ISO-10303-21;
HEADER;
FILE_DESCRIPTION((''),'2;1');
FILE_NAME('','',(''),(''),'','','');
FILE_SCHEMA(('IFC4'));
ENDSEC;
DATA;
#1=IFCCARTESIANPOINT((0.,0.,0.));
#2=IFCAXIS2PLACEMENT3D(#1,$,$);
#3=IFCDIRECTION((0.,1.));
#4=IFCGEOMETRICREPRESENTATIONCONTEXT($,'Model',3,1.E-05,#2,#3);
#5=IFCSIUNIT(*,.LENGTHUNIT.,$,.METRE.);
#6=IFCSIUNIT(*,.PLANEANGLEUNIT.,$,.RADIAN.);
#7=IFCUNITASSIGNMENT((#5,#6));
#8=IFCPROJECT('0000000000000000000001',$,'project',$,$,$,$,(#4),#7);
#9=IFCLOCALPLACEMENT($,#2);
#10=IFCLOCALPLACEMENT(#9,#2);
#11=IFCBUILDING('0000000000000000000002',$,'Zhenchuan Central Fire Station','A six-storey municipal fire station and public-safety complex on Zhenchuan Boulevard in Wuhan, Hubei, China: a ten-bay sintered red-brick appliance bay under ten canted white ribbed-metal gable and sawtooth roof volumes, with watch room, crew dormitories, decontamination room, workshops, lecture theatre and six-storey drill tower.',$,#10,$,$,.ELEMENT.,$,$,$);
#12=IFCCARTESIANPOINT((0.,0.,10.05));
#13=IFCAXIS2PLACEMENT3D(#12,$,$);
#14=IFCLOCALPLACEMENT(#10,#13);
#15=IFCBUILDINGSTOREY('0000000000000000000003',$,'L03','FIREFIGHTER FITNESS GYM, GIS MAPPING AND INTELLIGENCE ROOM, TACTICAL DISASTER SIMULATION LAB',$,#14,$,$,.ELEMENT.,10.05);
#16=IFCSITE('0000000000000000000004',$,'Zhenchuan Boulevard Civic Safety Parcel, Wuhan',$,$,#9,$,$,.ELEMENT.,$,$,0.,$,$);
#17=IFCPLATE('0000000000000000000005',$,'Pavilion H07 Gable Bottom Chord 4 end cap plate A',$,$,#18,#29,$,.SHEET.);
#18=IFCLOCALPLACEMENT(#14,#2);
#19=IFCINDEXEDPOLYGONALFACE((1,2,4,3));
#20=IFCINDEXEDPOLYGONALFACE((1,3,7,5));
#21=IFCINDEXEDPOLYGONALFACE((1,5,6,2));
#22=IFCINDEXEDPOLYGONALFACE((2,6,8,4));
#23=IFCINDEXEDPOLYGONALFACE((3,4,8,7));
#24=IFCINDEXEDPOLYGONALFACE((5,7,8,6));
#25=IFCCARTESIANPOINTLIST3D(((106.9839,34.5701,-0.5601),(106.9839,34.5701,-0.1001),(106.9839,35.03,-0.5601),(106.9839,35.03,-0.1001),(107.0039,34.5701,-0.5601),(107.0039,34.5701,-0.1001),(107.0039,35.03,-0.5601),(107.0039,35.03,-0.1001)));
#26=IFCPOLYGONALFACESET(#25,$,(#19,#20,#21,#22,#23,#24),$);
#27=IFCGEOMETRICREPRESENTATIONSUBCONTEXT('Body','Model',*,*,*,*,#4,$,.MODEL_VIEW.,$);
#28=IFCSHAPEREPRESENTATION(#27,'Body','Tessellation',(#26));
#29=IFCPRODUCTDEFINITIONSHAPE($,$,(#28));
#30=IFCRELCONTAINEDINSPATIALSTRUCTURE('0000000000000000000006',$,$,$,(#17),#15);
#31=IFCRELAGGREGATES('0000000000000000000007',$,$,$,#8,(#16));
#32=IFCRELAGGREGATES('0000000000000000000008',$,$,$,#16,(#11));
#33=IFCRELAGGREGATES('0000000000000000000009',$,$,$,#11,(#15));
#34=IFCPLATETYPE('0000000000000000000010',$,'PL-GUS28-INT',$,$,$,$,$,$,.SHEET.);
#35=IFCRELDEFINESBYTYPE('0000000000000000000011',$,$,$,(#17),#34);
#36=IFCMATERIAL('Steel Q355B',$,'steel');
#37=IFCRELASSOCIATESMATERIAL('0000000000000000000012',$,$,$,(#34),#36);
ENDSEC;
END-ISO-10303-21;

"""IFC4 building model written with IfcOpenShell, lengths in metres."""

from ifc_helpers import new_model, si_unit, direction, frame, origin, origin_2d, place, context, subcontext, project, spatial, rectangle, extrude, material, material_profile, profile_set, type_object, element, save


model = new_model("IFC4")

# Units and contexts
model_context = context("Model", 3, precision=1e-05, world=origin(), true_north=direction((0.0, 1.0)))
body_context = subcontext(model_context, "Body", "Model", "MODEL_VIEW")
ifc_project = project(units=[si_unit("LENGTHUNIT", "METRE"), si_unit("PLANEANGLEUNIT", "RADIAN")], contexts=[model_context])

# Site, building, storey
site_placement = place(None, origin())
site = spatial("IfcSite", under=ifc_project, at=site_placement, Name="Zhenchuan Boulevard Civic Safety Parcel, Wuhan", CompositionType="ELEMENT", RefElevation=0.0)
building_placement = place(site_placement, origin())
building = spatial("IfcBuilding", under=site, at=building_placement, Name="Zhenchuan Central Fire Station", Description="A six-storey municipal fire station and public-safety complex on Zhenchuan Boulevard in Wuhan, Hubei, China: a ten-bay sintered red-brick appliance bay under ten canted white ribbed-metal gable and sawtooth roof volumes, with watch room, crew dormitories, decontamination room, workshops, lecture theatre and six-storey drill tower.", CompositionType="ELEMENT")
storey_placement = place(building_placement, frame((0.0, 0.0, 10.05)))
storey = spatial("IfcBuildingStorey", under=building, at=storey_placement, Name="L03", Description="FIREFIGHTER FITNESS GYM, GIS MAPPING AND INTELLIGENCE ROOM, TACTICAL DISASTER SIMULATION LAB", CompositionType="ELEMENT", Elevation=10.05)

# Shared definitions
ifc_material = material(Name="Steel Q355B", Category="steel")

# Plate
ifc_material_profile_1 = material_profile(ifc_material, rectangle(XDim=0.46, YDim=0.46, at=origin_2d()), Name="PL 460x460x28")
ifc_profile_set_1 = profile_set([ifc_material_profile_1], Name="Steel Q355B")
plate_type_1 = type_object("IfcPlateType", Name="PL-GUS28-INT", PredefinedType="SHEET", material=ifc_profile_set_1)
for number, where, z_axis, x_axis, name in (
    (1, (106.9839, 34.8, -0.3301), (1.0, 0.0, 0.0), (0.0, 1.0, 0.0), "Pavilion H07 Gable Bottom Chord 4 end cap plate A"),
):
    element("IfcPlate", number, at=place(storey_placement, frame(where, z_axis=z_axis, x_axis=x_axis)), inside=storey, type_object=plate_type_1, Name=name, PredefinedType="SHEET", context=body_context, shape_type="SweptSolid", body=[
        extrude(rectangle(XDim=0.46, YDim=0.46, at=origin_2d()), origin(), (0.0, 0.0, 1.0), 0.02),
    ])

save(model, "model.ifc")
